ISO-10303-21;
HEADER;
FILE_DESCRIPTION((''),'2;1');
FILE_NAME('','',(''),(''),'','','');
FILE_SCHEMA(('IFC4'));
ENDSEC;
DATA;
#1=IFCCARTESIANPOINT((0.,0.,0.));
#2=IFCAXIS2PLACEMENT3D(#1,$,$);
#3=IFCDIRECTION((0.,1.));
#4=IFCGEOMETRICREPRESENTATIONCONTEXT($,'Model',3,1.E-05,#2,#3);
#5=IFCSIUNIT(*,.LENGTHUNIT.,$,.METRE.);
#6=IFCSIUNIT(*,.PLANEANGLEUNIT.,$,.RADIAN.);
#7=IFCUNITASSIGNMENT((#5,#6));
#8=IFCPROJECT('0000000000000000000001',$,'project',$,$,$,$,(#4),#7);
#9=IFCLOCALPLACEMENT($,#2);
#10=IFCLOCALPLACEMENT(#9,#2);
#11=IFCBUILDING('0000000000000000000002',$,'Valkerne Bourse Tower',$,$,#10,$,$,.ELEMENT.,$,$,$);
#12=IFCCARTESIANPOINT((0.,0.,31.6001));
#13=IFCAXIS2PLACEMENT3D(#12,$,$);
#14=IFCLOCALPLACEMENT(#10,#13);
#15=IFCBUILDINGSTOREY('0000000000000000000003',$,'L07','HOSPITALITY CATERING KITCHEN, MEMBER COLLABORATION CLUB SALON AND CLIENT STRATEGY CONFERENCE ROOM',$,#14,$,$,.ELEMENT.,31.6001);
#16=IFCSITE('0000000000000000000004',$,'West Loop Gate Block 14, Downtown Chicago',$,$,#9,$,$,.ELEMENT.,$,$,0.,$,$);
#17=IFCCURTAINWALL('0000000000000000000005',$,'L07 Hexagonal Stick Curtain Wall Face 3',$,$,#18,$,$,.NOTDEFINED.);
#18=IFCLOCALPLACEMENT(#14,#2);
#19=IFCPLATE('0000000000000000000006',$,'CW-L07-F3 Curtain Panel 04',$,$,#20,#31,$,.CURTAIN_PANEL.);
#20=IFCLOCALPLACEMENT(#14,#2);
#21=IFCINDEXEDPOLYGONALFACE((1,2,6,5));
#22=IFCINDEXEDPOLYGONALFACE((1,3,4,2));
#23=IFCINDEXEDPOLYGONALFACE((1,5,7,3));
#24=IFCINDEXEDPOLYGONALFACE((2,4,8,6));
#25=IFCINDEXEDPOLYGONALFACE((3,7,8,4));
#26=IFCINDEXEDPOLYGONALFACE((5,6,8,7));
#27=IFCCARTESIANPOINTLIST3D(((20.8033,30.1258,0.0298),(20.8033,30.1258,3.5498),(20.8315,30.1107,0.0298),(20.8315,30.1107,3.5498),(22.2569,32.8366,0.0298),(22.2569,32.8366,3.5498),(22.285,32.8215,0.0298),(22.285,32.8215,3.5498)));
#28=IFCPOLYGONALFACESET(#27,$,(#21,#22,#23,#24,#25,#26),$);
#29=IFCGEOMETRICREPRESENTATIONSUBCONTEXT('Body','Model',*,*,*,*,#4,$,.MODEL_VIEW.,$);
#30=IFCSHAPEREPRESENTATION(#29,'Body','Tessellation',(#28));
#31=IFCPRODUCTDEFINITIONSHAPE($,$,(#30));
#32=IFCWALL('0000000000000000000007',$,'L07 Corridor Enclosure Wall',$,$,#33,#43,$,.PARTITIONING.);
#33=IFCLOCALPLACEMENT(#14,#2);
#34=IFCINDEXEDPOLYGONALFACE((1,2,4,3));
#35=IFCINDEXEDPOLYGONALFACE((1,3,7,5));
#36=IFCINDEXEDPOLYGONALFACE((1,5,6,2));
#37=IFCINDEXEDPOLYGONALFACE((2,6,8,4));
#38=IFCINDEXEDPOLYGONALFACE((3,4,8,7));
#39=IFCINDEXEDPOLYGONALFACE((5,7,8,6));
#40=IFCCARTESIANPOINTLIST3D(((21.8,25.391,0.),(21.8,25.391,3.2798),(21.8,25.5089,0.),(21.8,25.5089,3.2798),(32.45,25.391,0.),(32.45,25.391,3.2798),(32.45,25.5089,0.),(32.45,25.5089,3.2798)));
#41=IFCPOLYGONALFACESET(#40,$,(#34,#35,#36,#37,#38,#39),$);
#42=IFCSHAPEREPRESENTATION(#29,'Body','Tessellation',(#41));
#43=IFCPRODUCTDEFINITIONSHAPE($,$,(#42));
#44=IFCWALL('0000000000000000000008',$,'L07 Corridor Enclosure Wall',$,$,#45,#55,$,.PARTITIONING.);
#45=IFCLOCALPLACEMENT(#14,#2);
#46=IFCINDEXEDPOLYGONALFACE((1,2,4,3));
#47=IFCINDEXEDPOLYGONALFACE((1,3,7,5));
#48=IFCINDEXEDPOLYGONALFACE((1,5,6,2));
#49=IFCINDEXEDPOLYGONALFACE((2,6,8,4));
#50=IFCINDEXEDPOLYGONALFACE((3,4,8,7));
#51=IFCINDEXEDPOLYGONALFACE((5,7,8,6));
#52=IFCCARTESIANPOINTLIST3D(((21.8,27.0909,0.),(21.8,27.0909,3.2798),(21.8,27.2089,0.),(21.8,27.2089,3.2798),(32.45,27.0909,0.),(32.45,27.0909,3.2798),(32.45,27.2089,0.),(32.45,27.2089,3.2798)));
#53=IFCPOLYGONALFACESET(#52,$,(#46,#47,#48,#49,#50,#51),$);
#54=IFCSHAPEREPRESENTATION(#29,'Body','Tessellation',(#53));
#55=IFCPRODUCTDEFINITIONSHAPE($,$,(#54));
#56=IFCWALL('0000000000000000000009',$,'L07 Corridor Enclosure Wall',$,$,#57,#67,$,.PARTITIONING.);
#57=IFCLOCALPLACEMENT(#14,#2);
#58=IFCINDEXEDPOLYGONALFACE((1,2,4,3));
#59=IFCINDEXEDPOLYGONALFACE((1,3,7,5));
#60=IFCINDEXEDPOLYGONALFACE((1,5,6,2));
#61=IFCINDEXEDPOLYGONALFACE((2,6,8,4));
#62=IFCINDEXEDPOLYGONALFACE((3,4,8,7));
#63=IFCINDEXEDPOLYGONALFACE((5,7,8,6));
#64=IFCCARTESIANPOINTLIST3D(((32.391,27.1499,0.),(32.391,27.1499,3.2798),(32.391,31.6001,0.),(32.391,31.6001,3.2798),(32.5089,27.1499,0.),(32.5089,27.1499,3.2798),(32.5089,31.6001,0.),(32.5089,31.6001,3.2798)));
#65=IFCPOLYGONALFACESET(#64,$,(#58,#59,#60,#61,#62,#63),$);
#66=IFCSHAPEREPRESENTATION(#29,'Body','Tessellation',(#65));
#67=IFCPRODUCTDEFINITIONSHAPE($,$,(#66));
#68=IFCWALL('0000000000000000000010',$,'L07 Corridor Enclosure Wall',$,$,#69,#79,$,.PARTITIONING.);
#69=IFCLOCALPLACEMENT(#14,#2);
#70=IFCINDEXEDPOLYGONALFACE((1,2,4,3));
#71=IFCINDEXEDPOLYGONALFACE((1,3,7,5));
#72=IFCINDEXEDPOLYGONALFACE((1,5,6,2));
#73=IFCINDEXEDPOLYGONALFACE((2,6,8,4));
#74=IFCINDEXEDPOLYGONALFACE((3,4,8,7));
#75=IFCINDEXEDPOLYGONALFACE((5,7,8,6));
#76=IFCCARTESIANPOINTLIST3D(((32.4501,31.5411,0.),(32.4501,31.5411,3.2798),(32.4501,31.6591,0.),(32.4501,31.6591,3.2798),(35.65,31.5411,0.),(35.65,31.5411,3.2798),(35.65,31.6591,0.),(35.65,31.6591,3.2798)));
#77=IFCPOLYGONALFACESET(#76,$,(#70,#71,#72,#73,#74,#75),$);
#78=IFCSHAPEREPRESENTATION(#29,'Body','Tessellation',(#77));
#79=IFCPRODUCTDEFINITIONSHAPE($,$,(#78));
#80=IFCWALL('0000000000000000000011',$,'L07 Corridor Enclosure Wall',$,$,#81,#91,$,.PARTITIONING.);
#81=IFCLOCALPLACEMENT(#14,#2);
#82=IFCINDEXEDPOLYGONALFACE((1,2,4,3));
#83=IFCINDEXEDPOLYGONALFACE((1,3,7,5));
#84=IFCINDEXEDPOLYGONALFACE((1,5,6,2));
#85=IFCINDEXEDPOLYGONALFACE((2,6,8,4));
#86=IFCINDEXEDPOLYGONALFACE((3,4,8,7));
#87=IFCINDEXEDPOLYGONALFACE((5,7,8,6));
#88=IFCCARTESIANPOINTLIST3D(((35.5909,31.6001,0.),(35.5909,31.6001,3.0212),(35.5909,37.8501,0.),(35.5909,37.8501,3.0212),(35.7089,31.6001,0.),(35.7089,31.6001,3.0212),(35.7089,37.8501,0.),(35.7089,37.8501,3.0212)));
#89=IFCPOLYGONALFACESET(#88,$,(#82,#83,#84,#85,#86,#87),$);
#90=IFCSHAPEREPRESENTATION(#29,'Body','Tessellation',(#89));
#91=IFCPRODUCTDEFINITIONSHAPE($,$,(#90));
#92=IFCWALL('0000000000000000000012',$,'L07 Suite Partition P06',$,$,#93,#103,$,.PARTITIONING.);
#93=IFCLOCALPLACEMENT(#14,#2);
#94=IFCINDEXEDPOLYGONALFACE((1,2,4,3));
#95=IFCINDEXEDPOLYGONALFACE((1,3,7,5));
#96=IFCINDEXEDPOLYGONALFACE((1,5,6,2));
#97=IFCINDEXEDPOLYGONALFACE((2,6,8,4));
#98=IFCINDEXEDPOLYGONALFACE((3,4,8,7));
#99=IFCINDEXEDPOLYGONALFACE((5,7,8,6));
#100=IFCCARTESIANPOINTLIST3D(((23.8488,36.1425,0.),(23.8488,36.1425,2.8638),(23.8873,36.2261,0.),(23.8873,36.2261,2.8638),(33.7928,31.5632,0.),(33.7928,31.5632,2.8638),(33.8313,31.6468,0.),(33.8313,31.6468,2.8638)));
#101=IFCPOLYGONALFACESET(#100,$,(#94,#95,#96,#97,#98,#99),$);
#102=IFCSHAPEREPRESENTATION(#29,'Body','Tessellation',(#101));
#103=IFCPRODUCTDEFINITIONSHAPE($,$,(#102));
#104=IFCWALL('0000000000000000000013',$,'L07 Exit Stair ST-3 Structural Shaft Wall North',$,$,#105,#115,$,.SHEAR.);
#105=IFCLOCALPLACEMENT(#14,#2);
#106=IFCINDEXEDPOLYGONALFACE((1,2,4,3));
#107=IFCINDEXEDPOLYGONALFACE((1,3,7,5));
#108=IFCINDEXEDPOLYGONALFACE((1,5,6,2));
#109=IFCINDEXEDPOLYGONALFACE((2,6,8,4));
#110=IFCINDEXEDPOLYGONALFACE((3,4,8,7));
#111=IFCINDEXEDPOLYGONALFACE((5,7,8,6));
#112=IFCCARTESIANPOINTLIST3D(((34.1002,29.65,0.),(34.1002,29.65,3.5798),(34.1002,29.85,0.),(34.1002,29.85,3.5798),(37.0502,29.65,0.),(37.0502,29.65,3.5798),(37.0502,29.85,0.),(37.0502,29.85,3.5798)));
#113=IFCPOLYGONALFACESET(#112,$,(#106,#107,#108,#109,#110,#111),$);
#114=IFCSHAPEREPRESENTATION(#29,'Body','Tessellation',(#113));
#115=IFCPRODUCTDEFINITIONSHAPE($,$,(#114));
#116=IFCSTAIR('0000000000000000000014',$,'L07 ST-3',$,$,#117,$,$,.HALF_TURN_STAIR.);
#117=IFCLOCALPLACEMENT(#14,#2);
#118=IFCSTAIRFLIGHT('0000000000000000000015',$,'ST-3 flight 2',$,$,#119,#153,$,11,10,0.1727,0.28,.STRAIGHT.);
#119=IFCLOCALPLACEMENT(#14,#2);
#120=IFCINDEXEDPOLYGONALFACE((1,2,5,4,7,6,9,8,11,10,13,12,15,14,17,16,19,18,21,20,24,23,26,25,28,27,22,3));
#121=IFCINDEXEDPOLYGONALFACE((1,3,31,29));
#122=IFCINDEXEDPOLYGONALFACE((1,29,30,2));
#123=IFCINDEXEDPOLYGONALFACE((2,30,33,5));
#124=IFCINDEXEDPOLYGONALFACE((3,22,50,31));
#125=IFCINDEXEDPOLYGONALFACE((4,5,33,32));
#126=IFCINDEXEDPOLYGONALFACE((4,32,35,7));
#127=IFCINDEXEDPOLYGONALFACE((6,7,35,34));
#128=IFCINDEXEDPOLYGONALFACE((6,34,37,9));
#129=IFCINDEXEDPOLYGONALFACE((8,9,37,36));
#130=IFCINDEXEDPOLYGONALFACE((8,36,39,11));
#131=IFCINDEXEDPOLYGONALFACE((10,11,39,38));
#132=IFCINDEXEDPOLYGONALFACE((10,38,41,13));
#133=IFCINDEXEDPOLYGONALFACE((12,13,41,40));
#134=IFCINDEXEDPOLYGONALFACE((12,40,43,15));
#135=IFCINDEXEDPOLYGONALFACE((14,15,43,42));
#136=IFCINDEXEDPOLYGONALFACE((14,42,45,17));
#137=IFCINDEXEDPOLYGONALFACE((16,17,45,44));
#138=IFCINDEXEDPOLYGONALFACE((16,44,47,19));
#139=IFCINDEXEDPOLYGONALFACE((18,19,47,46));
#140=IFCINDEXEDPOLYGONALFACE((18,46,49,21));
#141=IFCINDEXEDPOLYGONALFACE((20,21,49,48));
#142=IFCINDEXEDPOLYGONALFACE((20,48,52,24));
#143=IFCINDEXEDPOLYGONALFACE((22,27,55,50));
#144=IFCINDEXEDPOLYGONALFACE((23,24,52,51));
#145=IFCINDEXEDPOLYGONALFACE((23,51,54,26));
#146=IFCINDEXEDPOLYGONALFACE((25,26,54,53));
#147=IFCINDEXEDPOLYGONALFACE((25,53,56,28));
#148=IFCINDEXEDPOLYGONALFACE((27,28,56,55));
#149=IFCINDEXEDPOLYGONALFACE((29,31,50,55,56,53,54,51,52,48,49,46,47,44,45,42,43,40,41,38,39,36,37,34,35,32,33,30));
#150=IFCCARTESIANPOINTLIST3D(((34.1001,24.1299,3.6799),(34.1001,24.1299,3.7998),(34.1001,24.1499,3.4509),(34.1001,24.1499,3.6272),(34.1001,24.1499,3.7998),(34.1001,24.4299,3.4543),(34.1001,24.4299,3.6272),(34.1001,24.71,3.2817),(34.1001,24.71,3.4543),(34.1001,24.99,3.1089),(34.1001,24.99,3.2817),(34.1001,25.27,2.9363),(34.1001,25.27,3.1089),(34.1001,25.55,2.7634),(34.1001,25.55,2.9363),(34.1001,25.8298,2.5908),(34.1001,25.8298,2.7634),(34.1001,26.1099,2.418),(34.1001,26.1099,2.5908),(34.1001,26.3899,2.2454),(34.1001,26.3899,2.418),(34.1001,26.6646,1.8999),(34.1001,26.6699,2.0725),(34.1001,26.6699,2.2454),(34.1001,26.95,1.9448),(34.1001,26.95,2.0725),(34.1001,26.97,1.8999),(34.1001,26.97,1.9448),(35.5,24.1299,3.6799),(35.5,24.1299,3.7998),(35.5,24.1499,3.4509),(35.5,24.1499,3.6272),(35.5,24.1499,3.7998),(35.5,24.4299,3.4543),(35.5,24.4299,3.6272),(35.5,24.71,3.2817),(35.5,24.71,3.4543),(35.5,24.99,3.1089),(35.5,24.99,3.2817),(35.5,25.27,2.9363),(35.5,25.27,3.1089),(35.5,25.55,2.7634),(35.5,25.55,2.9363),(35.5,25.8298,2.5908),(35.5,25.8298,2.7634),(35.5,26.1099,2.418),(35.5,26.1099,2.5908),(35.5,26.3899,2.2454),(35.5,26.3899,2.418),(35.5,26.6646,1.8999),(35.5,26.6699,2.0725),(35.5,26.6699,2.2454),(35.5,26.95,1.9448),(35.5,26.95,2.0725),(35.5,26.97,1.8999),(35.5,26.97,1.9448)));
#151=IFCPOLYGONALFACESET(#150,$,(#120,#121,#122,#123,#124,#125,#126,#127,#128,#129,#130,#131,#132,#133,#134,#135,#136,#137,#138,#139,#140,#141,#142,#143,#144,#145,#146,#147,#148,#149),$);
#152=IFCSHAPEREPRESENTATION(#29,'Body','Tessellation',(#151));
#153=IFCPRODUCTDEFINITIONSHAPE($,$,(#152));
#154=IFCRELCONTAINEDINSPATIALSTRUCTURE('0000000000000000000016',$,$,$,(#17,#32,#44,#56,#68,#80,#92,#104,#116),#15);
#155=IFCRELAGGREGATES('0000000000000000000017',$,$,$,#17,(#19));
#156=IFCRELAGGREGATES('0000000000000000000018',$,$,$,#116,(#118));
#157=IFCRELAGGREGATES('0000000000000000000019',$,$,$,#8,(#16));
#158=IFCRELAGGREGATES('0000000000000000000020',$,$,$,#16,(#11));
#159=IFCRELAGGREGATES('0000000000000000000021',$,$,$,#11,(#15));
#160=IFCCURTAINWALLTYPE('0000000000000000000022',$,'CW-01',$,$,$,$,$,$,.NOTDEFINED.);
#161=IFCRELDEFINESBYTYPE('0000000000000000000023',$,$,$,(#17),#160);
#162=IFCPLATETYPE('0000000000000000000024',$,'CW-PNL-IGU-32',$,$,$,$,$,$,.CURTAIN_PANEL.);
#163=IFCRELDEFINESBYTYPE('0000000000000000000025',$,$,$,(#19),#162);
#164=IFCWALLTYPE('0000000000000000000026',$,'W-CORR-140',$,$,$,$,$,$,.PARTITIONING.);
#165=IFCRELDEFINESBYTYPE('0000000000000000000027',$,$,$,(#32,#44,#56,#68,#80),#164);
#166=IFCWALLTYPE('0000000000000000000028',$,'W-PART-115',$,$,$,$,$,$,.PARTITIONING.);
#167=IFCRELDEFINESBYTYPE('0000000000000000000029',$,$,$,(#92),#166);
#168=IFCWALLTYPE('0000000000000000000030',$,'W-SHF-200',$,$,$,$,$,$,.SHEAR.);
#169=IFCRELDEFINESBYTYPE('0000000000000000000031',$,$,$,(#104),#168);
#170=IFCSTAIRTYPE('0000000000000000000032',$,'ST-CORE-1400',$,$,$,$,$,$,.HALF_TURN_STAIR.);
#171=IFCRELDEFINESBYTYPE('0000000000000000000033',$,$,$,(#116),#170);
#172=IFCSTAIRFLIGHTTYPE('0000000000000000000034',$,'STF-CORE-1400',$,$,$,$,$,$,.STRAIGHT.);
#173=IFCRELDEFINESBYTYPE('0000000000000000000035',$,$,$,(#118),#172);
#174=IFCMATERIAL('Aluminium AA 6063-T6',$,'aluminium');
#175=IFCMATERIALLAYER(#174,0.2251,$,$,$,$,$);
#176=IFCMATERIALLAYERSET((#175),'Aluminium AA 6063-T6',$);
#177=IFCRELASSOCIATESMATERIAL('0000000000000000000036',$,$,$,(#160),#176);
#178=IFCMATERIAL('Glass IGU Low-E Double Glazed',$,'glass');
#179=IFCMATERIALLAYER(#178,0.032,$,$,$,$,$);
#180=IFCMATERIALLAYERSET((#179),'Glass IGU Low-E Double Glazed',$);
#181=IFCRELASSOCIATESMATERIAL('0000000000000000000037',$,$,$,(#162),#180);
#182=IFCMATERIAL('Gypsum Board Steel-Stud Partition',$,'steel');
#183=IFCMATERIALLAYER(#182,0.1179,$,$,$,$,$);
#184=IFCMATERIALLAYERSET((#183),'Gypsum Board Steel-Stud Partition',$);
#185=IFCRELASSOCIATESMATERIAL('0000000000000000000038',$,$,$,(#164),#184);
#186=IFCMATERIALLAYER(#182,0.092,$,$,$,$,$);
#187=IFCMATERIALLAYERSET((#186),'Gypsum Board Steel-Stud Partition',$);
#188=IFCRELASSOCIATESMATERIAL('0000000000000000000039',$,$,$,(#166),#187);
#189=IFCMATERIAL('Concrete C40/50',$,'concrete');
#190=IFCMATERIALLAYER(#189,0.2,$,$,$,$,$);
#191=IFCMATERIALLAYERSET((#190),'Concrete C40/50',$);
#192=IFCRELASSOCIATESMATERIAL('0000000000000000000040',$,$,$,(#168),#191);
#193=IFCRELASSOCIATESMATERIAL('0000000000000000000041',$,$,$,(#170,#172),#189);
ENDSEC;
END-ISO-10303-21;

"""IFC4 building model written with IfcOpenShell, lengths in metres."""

from ifc_helpers import new_model, si_unit, direction, frame, frame_2d, origin, origin_2d, place, context, subcontext, project, spatial, polyline, rectangle, outline, extrude, material, layer, layer_set, type_object, element, aggregate, save


model = new_model("IFC4")

# Units and contexts
model_context = context("Model", 3, precision=1e-05, world=origin(), true_north=direction((0.0, 1.0)))
body_context = subcontext(model_context, "Body", "Model", "MODEL_VIEW")
ifc_project = project(units=[si_unit("LENGTHUNIT", "METRE"), si_unit("PLANEANGLEUNIT", "RADIAN")], contexts=[model_context])

# Site, building, storey
site_placement = place(None, origin())
site = spatial("IfcSite", under=ifc_project, at=site_placement, Name="West Loop Gate Block 14, Downtown Chicago", CompositionType="ELEMENT", RefElevation=0.0)
building_placement = place(site_placement, origin())
building = spatial("IfcBuilding", under=site, at=building_placement, Name="Valkerne Bourse Tower", CompositionType="ELEMENT")
storey_placement = place(building_placement, frame((0.0, 0.0, 31.6001)))
storey = spatial("IfcBuildingStorey", under=building, at=storey_placement, Name="L07", Description="HOSPITALITY CATERING KITCHEN, MEMBER COLLABORATION CLUB SALON AND CLIENT STRATEGY CONFERENCE ROOM", CompositionType="ELEMENT", Elevation=31.6001)

# Curtain wall
ifc_material_1 = material(Name="Aluminium AA 6063-T6", Category="aluminium")
ifc_layer_1 = layer(ifc_material_1, 0.2251)
ifc_layer_set_1 = layer_set([ifc_layer_1], Name="Aluminium AA 6063-T6")
curtain_wall_type = type_object("IfcCurtainWallType", Name="CW-01", PredefinedType="NOTDEFINED", material=ifc_layer_set_1)
curtain_wall_placement = place(storey_placement, origin())
curtain_wall = element("IfcCurtainWall", 1, at=curtain_wall_placement, inside=storey, type_object=curtain_wall_type, Name="L07 Hexagonal Stick Curtain Wall Face 3", PredefinedType="NOTDEFINED")

# Plate
ifc_material_2 = material(Name="Glass IGU Low-E Double Glazed", Category="glass")
ifc_layer_2 = layer(ifc_material_2, 0.032)
ifc_layer_set_2 = layer_set([ifc_layer_2], Name="Glass IGU Low-E Double Glazed")
plate_type = type_object("IfcPlateType", Name="CW-PNL-IGU-32", PredefinedType="CURTAIN_PANEL", material=ifc_layer_set_2)
plate_1_placement = place(storey_placement, frame((21.5442, 31.4736, 0.0298), z_axis=(0.0, 0.0, 1.0), x_axis=(-0.472547, -0.881305, 0.0)))
plate_1 = element("IfcPlate", 2, at=plate_1_placement, type_object=plate_type, Name="CW-L07-F3 Curtain Panel 04", PredefinedType="CURTAIN_PANEL", context=body_context, shape_type="SweptSolid", body=[
    extrude(rectangle(XDim=3.0759, YDim=0.032, at=origin_2d()), origin(), (0.0, 0.0, 1.0), 3.52),
])
aggregate(curtain_wall, [plate_1])

# Walls
ifc_material_3 = material(Name="Gypsum Board Steel-Stud Partition", Category="steel")
ifc_layer_3 = layer(ifc_material_3, 0.1179)
ifc_layer_set_3 = layer_set([ifc_layer_3], Name="Gypsum Board Steel-Stud Partition")
wall_type_1 = type_object("IfcWallType", Name="W-CORR-140", PredefinedType="PARTITIONING", material=ifc_layer_set_3)
for number, where, z_axis, x_axis, name in (
    (3, (32.45, 25.45, 0.0), (0.0, 0.0, 1.0), (-1.0, 0.0, 0.0), "L07 Corridor Enclosure Wall"),
    (4, (21.8, 27.1499, 0.0), (0.0, 0.0, 1.0), (1.0, 0.0, 0.0), "L07 Corridor Enclosure Wall"),
):
    element("IfcWall", number, at=place(storey_placement, frame(where, z_axis=z_axis, x_axis=x_axis)), inside=storey, type_object=wall_type_1, Name=name, PredefinedType="PARTITIONING", context=body_context, shape_type="SweptSolid", body=[
        extrude(rectangle(XDim=10.6499, YDim=0.1179, at=frame_2d((5.325, 0.0))), origin(), (0.0, 0.0, 1.0), 3.2798),
    ])
wall_1_placement = place(storey_placement, frame((32.45, 27.1499, 0.0), z_axis=(0.0, 0.0, 1.0), x_axis=(0.0, 1.0, 0.0)))
element("IfcWall", 5, at=wall_1_placement, inside=storey, type_object=wall_type_1, Name="L07 Corridor Enclosure Wall", PredefinedType="PARTITIONING", context=body_context, shape_type="SweptSolid", body=[
    extrude(rectangle(XDim=4.4502, YDim=0.1179, at=frame_2d((2.2251, 0.0))), origin(), (0.0, 0.0, 1.0), 3.2798),
])
wall_2_placement = place(storey_placement, frame((32.45, 31.6001, 0.0), z_axis=(0.0, 0.0, 1.0), x_axis=(1.0, 0.0, 0.0)))
element("IfcWall", 6, at=wall_2_placement, inside=storey, type_object=wall_type_1, Name="L07 Corridor Enclosure Wall", PredefinedType="PARTITIONING", context=body_context, shape_type="SweptSolid", body=[
    extrude(rectangle(XDim=3.2, YDim=0.1179, at=frame_2d((1.6001, 0.0))), origin(), (0.0, 0.0, 1.0), 3.2798),
])
wall_3_placement = place(storey_placement, frame((35.6499, 31.6001, 0.0), z_axis=(0.0, 0.0, 1.0), x_axis=(0.0, 1.0, 0.0)))
element("IfcWall", 7, at=wall_3_placement, inside=storey, type_object=wall_type_1, Name="L07 Corridor Enclosure Wall", PredefinedType="PARTITIONING", context=body_context, shape_type="SweptSolid", body=[
    extrude(rectangle(XDim=6.25, YDim=0.1179, at=frame_2d((3.125, 0.0))), origin(), (0.0, 0.0, 1.0), 3.0212),
])
ifc_layer_4 = layer(ifc_material_3, 0.092)
ifc_layer_set_4 = layer_set([ifc_layer_4], Name="Gypsum Board Steel-Stud Partition")
wall_type_2 = type_object("IfcWallType", Name="W-PART-115", PredefinedType="PARTITIONING", material=ifc_layer_set_4)
wall_4_placement = place(storey_placement, frame((33.812, 31.605, 0.0), z_axis=(0.0, 0.0, 1.0), x_axis=(-0.908315, 0.418287, 0.0)))
element("IfcWall", 8, at=wall_4_placement, inside=storey, type_object=wall_type_2, Name="L07 Suite Partition P06", PredefinedType="PARTITIONING", context=body_context, shape_type="SweptSolid", body=[
    extrude(rectangle(XDim=10.9478, YDim=0.092, at=frame_2d((5.4739, 0.0))), origin(), (0.0, 0.0, 1.0), 2.8638),
])
ifc_material_4 = material(Name="Concrete C40/50", Category="concrete")
ifc_layer_5 = layer(ifc_material_4, 0.2)
ifc_layer_set_5 = layer_set([ifc_layer_5], Name="Concrete C40/50")
wall_type_3 = type_object("IfcWallType", Name="W-SHF-200", PredefinedType="SHEAR", material=ifc_layer_set_5)
wall_5_placement = place(storey_placement, frame((34.1001, 29.75, 0.0), z_axis=(0.0, 0.0, 1.0), x_axis=(1.0, 0.0, 0.0)))
element("IfcWall", 9, at=wall_5_placement, inside=storey, type_object=wall_type_3, Name="L07 Exit Stair ST-3 Structural Shaft Wall North", PredefinedType="SHEAR", context=body_context, shape_type="SweptSolid", body=[
    extrude(rectangle(XDim=2.95, YDim=0.2, at=frame_2d((1.4751, 0.0))), origin(), (0.0, 0.0, 1.0), 3.5798),
])

# Stair, stair flight
stair_type = type_object("IfcStairType", Name="ST-CORE-1400", PredefinedType="HALF_TURN_STAIR", material=ifc_material_4)
stair_placement = place(storey_placement, origin())
stair = element("IfcStair", 10, at=stair_placement, inside=storey, type_object=stair_type, Name="L07 ST-3", PredefinedType="HALF_TURN_STAIR")
stair_flight_type = type_object("IfcStairFlightType", Name="STF-CORE-1400", PredefinedType="STRAIGHT", material=ifc_material_4)
stair_flight_placement = place(storey_placement, frame((34.8, 26.95, 1.8999), z_axis=(0.0, 0.0, 1.0), x_axis=(0.0, -1.0, 0.0)))
stair_flight = element("IfcStairFlight", 11, at=stair_flight_placement, type_object=stair_flight_type, Name="ST-3 flight 2", NumberOfRisers=11, NumberOfTreads=10, PredefinedType="STRAIGHT", RiserHeight=0.1727, TreadLength=0.28, context=body_context, shape_type="SweptSolid", body=[
    extrude(outline(polyline([(-0.02, 0.0), (-0.02, 0.0449), (0.0, 0.0449), (0.0, 0.1726), (0.28, 0.1726), (0.28, 0.3455), (0.5601, 0.3455), (0.5601, 0.5181), (0.8401, 0.5181), (0.8401, 0.6909), (1.1201, 0.6909), (1.1201, 0.8635), (1.3999, 0.8635), (1.3999, 1.0364), (1.6799, 1.0364), (1.6799, 1.209), (1.96, 1.209), (1.96, 1.3818), (2.24, 1.3818), (2.24, 1.5544), (2.52, 1.5544), (2.52, 1.7273), (2.8, 1.7273), (2.8, 1.8999), (2.8201, 1.8999), (2.8201, 1.78), (2.8, 1.551), (0.2854, 0.0), (-0.02, 0.0)])), frame((0.0, 0.7, 0.0), z_axis=(0.0, -1.0, 0.0), x_axis=(1.0, 0.0, 0.0)), (0.0, 0.0, 1.0), 1.3999),
])
aggregate(stair, [stair_flight])

save(model, "model.ifc")
